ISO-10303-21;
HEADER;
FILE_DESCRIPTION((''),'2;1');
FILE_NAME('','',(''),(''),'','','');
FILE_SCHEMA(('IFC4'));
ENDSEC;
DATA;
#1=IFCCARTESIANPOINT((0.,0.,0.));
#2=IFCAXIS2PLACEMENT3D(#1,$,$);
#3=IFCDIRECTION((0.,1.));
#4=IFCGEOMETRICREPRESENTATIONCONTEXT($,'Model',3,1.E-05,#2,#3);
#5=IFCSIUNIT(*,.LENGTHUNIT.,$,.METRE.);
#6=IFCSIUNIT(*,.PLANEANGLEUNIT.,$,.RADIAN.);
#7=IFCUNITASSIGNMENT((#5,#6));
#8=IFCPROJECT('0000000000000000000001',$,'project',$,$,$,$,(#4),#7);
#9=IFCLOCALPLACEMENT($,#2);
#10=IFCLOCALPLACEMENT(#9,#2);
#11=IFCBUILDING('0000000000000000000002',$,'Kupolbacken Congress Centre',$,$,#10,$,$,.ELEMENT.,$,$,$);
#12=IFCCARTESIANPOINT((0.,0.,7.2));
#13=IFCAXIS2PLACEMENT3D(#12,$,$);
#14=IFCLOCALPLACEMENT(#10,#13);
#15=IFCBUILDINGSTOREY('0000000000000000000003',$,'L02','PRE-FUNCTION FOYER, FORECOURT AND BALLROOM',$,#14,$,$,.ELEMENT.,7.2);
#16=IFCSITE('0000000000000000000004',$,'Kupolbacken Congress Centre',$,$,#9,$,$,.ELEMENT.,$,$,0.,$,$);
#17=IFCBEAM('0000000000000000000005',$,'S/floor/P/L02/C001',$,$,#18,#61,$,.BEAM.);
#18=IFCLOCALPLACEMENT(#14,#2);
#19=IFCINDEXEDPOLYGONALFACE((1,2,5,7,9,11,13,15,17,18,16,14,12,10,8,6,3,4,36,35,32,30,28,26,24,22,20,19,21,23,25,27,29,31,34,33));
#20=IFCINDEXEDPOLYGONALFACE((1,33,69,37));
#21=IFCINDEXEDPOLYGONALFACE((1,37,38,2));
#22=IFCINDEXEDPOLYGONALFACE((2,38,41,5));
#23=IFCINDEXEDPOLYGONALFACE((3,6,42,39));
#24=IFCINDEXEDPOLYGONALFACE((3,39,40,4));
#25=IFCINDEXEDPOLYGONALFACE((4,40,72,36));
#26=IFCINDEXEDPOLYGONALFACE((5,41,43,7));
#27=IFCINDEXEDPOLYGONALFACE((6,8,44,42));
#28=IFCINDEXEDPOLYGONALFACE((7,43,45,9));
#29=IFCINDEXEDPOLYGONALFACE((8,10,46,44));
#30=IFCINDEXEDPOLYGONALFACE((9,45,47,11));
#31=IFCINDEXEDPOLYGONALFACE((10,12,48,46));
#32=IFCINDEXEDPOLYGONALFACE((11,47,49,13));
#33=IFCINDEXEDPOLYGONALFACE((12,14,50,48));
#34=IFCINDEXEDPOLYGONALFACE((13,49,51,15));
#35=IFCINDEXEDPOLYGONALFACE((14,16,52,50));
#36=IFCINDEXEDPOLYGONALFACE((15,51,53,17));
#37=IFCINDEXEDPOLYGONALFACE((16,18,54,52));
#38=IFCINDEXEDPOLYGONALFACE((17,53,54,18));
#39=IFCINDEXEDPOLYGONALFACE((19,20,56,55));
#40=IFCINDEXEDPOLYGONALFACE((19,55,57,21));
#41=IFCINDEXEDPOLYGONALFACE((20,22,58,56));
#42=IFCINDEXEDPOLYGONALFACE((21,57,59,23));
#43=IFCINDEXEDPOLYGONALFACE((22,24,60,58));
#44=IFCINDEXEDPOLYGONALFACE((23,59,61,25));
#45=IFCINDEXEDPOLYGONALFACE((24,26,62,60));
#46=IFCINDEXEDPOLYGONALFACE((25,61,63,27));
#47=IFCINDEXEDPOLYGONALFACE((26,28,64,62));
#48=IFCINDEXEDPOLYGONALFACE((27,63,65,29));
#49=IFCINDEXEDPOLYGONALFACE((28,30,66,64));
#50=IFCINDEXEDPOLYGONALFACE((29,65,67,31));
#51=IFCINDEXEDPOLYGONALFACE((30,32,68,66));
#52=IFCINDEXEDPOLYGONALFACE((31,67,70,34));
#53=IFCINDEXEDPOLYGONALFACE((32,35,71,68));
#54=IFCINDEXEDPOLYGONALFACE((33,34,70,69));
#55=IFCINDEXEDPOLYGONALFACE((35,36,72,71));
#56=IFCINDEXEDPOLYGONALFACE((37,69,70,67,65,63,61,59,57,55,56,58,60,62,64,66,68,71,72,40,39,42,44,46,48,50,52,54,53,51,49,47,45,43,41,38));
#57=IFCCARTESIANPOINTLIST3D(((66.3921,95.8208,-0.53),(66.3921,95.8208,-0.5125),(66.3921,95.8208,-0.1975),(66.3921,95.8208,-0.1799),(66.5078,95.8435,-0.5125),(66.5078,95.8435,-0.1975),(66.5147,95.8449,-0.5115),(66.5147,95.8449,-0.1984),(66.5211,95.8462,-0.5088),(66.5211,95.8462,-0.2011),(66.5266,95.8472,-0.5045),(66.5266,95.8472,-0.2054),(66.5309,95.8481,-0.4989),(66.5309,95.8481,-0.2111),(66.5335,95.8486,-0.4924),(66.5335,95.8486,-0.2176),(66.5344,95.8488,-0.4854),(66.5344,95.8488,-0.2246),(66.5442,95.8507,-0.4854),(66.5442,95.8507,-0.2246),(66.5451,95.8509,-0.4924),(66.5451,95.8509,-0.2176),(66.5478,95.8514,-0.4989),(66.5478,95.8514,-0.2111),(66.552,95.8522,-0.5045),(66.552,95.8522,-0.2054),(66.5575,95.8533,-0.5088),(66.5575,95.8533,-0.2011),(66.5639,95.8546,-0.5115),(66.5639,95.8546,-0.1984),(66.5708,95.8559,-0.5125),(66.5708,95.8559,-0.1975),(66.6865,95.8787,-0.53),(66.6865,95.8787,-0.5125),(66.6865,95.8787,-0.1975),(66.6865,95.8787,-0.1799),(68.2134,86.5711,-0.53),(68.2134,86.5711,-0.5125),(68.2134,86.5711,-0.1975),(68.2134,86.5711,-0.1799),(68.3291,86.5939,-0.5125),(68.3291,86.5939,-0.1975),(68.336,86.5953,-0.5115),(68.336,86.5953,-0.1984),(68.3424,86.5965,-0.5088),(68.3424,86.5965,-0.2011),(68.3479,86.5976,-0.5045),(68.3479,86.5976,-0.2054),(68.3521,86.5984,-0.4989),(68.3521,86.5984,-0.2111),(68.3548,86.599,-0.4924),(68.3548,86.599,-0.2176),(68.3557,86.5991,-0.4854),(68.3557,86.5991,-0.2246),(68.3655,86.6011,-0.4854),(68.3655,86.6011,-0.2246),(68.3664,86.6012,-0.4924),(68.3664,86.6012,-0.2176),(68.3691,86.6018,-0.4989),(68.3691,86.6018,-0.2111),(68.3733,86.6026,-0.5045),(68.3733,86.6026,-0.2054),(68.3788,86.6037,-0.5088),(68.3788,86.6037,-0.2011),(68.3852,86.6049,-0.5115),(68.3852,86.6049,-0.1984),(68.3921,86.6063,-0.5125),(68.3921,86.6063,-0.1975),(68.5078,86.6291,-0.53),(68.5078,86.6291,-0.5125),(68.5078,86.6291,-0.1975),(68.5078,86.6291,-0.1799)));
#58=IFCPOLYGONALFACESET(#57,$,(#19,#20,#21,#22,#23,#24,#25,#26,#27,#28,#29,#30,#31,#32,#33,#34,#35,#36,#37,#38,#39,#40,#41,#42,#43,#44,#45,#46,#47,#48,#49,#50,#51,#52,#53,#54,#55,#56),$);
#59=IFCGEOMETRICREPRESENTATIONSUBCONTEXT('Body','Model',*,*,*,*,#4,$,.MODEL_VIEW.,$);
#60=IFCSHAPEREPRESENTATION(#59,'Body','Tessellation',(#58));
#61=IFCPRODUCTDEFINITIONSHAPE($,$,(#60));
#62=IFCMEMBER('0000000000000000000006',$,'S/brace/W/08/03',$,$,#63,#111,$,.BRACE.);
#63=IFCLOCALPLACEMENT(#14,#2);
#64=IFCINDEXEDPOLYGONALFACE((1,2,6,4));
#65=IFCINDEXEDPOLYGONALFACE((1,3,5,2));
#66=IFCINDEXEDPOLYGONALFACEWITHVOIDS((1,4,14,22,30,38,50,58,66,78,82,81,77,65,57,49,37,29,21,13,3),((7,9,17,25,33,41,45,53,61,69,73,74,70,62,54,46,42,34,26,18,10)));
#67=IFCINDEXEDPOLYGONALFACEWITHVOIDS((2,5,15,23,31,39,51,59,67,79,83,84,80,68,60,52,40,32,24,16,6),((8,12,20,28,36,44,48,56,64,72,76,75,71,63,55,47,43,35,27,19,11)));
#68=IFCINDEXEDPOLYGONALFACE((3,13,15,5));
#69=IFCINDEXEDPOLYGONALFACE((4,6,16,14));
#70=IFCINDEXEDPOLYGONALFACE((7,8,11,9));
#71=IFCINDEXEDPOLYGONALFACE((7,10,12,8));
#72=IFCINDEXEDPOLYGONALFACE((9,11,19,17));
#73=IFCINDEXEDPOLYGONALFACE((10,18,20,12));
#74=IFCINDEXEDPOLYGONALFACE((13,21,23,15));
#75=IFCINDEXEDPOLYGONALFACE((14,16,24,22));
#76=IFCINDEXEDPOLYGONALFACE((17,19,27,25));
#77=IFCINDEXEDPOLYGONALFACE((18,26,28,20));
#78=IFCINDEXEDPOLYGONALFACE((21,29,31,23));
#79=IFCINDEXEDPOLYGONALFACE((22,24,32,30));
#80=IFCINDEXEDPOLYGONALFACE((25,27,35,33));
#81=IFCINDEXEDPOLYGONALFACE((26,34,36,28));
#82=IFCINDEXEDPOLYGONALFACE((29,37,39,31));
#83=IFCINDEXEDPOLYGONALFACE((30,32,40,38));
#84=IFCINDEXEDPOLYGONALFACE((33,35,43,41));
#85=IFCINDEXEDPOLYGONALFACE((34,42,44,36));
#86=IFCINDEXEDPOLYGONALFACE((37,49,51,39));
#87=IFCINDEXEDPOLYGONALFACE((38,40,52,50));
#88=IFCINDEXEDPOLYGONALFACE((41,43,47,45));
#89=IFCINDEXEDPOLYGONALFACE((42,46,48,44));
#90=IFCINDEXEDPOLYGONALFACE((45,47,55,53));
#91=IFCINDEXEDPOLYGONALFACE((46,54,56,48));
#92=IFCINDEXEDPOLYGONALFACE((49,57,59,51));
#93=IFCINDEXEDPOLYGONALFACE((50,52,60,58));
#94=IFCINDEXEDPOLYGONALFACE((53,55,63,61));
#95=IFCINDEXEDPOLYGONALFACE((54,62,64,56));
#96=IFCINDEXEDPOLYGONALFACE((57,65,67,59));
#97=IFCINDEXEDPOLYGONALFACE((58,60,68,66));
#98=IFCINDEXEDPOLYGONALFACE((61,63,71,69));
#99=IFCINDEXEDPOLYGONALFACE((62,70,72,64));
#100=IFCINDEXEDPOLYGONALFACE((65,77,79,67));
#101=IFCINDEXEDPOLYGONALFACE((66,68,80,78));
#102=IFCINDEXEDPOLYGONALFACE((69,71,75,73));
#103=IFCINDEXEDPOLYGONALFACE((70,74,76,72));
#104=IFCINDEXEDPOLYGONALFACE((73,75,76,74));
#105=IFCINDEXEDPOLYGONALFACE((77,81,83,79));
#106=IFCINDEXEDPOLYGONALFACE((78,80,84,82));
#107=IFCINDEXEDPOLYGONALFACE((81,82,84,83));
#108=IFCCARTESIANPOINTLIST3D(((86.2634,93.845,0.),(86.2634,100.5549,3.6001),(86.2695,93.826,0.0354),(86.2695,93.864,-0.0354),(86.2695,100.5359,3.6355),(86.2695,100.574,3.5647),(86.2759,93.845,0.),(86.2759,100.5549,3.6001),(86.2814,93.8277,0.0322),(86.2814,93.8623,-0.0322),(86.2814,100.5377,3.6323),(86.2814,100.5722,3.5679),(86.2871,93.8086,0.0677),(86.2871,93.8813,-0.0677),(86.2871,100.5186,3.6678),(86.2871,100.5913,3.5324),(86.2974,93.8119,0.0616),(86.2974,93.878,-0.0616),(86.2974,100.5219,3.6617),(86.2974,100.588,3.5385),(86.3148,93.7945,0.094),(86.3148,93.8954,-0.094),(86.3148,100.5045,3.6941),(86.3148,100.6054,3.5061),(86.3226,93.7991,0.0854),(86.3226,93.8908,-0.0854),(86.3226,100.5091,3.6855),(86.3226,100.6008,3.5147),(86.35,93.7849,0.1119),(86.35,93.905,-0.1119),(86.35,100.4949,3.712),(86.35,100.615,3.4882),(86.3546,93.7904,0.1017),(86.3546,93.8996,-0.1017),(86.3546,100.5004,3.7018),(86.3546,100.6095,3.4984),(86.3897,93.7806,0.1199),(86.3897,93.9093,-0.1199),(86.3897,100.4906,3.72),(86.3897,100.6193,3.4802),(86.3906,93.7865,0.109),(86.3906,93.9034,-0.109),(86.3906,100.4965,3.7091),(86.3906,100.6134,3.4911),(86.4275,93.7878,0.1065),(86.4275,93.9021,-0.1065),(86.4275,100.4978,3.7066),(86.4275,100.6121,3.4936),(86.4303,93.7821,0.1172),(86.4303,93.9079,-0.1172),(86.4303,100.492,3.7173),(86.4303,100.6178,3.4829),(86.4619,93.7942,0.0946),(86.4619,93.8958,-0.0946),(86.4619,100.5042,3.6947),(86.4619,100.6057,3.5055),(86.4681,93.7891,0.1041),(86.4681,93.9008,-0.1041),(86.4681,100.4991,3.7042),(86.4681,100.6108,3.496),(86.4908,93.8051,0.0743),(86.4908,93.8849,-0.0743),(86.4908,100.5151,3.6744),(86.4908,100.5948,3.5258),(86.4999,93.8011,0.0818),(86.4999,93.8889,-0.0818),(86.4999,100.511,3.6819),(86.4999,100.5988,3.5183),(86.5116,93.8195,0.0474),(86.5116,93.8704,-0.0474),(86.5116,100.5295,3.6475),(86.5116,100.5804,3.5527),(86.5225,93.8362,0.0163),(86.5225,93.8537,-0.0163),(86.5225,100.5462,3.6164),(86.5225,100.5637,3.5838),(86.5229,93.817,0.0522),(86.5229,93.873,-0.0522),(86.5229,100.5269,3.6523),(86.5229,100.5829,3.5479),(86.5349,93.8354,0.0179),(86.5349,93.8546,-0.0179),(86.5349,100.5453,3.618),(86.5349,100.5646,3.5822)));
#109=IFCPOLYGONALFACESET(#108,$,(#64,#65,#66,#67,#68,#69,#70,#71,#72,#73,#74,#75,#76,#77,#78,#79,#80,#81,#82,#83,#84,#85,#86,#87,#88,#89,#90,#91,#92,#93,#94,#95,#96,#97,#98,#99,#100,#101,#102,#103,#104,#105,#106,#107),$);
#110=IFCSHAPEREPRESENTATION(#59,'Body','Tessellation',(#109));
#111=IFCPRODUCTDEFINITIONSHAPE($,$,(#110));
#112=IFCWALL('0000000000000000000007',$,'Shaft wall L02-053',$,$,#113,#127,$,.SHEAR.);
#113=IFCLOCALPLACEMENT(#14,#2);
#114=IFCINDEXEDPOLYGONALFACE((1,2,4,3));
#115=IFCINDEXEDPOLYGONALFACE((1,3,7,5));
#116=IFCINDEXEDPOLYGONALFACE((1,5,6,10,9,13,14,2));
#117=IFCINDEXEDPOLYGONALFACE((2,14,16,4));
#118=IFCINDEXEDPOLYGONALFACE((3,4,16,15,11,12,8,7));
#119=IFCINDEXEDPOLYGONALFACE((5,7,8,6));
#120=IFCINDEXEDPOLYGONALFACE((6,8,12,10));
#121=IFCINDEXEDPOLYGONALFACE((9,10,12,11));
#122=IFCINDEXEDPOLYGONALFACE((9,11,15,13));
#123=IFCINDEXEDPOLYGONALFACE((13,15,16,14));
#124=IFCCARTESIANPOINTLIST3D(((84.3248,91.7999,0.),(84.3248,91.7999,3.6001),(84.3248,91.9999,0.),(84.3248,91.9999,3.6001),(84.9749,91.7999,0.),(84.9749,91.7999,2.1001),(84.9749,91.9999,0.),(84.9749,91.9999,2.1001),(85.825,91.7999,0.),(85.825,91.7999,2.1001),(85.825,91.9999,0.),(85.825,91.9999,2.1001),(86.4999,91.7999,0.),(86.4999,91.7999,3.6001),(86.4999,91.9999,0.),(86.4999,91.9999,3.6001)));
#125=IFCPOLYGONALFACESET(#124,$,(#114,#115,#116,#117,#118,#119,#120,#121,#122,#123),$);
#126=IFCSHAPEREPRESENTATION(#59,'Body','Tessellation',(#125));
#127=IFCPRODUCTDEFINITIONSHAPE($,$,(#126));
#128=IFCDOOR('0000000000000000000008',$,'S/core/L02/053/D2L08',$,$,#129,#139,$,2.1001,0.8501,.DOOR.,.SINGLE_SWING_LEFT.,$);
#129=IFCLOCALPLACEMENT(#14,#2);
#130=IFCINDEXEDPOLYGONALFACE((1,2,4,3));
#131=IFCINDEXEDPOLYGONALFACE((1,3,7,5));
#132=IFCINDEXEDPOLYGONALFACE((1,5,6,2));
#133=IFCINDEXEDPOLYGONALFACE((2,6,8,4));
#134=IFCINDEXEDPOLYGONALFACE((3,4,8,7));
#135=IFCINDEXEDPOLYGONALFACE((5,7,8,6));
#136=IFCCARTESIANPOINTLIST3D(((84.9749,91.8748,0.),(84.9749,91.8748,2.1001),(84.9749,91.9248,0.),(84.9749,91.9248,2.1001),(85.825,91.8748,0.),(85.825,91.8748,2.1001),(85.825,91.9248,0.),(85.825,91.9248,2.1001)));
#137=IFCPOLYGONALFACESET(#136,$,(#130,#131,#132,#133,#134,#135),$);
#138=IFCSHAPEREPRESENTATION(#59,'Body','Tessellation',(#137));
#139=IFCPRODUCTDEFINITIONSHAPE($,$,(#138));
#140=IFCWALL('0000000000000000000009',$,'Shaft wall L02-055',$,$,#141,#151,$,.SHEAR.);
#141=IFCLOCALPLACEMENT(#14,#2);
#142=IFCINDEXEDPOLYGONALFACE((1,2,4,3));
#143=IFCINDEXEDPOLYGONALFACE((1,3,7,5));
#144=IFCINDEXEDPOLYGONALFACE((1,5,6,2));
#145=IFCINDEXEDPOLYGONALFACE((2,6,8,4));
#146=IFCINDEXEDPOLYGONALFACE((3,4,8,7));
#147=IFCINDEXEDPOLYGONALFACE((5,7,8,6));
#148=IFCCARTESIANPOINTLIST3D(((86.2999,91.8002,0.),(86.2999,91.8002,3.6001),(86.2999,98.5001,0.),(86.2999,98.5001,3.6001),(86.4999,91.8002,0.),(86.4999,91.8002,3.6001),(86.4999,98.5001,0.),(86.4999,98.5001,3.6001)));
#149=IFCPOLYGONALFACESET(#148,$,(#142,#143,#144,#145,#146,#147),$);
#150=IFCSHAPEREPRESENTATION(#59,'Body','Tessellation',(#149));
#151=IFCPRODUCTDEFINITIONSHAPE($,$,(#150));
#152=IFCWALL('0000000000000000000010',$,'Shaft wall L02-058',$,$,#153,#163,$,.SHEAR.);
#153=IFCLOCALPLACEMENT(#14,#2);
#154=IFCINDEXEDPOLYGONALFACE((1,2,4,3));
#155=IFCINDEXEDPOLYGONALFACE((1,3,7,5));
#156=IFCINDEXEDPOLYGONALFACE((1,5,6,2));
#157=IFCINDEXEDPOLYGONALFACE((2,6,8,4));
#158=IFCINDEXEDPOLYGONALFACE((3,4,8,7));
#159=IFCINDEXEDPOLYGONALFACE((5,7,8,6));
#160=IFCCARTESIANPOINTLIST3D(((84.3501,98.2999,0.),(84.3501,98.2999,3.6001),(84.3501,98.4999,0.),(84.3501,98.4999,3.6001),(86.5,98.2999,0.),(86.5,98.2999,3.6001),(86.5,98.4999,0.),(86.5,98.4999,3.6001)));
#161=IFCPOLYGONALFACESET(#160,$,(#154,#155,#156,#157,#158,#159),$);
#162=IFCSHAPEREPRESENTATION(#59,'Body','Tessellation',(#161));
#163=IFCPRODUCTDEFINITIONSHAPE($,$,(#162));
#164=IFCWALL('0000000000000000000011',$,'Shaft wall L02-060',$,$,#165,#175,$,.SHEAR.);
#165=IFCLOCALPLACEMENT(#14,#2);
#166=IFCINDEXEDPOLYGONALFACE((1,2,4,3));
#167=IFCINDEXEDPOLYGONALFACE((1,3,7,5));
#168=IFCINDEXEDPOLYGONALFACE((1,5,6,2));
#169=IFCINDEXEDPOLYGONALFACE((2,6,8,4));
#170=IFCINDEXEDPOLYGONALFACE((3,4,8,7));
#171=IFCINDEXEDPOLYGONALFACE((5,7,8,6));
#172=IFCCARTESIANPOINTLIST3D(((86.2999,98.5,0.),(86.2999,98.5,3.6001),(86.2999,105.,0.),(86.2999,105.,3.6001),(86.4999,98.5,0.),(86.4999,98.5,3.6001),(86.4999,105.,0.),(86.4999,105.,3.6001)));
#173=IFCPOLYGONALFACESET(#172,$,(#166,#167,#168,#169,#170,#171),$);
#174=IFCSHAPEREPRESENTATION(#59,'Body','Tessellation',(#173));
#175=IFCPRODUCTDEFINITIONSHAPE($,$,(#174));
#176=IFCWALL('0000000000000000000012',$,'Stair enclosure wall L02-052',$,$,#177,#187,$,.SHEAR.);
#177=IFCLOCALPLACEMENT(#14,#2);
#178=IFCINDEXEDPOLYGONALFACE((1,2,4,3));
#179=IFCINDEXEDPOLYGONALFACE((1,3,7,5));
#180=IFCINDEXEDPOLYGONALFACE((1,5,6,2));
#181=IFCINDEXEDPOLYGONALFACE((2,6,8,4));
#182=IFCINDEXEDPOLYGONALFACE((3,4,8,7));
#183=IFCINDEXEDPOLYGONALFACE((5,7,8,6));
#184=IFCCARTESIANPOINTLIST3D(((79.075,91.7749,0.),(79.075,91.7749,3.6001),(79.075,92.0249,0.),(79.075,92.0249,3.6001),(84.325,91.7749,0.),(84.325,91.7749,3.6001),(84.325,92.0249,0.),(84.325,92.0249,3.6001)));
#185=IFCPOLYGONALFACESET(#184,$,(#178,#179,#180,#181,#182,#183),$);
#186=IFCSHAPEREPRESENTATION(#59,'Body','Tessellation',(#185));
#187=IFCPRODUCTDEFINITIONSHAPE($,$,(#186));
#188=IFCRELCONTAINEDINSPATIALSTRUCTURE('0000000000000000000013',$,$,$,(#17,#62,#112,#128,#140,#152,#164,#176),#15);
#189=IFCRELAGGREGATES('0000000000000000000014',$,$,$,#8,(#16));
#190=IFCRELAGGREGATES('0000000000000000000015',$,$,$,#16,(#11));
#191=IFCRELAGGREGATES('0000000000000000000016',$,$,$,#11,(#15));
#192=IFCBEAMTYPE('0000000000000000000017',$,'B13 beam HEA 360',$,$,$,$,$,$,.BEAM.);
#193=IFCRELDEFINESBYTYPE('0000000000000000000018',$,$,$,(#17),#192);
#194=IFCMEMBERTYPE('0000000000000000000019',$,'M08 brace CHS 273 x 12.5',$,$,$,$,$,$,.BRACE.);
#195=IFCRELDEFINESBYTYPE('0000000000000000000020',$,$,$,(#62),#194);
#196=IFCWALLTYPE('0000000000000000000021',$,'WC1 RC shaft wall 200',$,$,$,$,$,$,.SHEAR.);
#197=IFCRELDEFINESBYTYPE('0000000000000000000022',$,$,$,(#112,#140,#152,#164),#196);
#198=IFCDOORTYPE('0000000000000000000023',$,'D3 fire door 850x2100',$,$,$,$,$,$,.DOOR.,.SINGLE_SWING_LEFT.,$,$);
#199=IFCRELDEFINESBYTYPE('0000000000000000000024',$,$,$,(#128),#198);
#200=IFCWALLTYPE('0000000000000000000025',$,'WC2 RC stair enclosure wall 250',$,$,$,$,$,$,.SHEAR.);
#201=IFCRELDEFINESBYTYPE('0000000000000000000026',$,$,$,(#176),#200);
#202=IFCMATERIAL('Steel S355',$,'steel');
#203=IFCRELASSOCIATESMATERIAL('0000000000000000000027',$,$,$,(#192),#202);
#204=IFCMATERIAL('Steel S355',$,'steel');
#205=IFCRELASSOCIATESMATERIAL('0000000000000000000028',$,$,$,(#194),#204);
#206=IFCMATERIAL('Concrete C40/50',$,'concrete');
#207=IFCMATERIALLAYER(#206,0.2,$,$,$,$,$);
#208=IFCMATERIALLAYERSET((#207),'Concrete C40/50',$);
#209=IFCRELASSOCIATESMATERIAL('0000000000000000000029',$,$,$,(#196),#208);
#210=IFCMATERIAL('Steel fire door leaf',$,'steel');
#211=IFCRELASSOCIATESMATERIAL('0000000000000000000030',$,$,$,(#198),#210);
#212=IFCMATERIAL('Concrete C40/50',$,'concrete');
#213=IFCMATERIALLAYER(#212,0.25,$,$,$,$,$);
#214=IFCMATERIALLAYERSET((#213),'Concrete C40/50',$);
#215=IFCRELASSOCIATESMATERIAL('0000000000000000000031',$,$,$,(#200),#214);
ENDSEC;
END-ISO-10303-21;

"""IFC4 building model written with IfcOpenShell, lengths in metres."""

from ifc_helpers import new_model, si_unit, direction, frame, frame_2d, origin, origin_2d, place, context, subcontext, project, spatial, rectangle, hollow_circle, i_section, extrude, material, layer, layer_set, material_profile, profile_set, type_object, element, fill, save


model = new_model("IFC4")

# Units and contexts
model_context = context("Model", 3, precision=1e-05, world=origin(), true_north=direction((0.0, 1.0)))
body_context = subcontext(model_context, "Body", "Model", "MODEL_VIEW")
ifc_project = project(units=[si_unit("LENGTHUNIT", "METRE"), si_unit("PLANEANGLEUNIT", "RADIAN")], contexts=[model_context])

# Site, building, storey
site_placement = place(None, origin())
site = spatial("IfcSite", under=ifc_project, at=site_placement, Name="Kupolbacken Congress Centre", CompositionType="ELEMENT", RefElevation=0.0)
building_placement = place(site_placement, origin())
building = spatial("IfcBuilding", under=site, at=building_placement, Name="Kupolbacken Congress Centre", CompositionType="ELEMENT")
storey_placement = place(building_placement, frame((0.0, 0.0, 7.2)))
storey = spatial("IfcBuildingStorey", under=building, at=storey_placement, Name="L02", Description="PRE-FUNCTION FOYER, FORECOURT AND BALLROOM", CompositionType="ELEMENT", Elevation=7.2)

# Beam
ifc_material_1 = material(Name="Steel S355", Category="steel")
ifc_material_profile_1 = material_profile(ifc_material_1, i_section(OverallWidth=0.3, OverallDepth=0.3501, WebThickness=0.01, FlangeThickness=0.0176, FilletRadius=0.0271, at=origin_2d()), Name="HEA 360")
ifc_profile_set_1 = profile_set([ifc_material_profile_1], Name="Steel S355")
beam_type_1 = type_object("IfcBeamType", Name="B13 beam HEA 360", PredefinedType="BEAM", material=ifc_profile_set_1)
beam_1_placement = place(storey_placement, frame((68.3606, 86.6001, -0.355), z_axis=(-0.193192, 0.981161, 0.0), x_axis=(-0.981161, -0.193192, 0.0)))
element("IfcBeam", 1, at=beam_1_placement, inside=storey, type_object=beam_type_1, Name="S/floor/P/L02/C001", PredefinedType="BEAM", context=body_context, shape_type="SweptSolid", body=[
    extrude(i_section(OverallWidth=0.3, OverallDepth=0.3501, WebThickness=0.01, FlangeThickness=0.0176, FilletRadius=0.0271, at=origin_2d()), origin(), (0.0, 0.0, 1.0), 9.4272),
])

# Member
ifc_material_2 = material(Name="Steel S355", Category="steel")
ifc_material_profile_2 = material_profile(ifc_material_2, hollow_circle(Radius=0.1365, WallThickness=0.0125, at=origin_2d()), Name="CHS 273 x 12.5")
ifc_profile_set_2 = profile_set([ifc_material_profile_2], Name="Steel S355")
member_type = type_object("IfcMemberType", Name="M08 brace CHS 273 x 12.5", PredefinedType="BRACE", material=ifc_profile_set_2)
member_placement = place(storey_placement, frame((86.3999, 93.845, 0.0), z_axis=(0.0, 0.88118, 0.47278), x_axis=(-1.0, 0.0, 0.0)))
element("IfcMember", 2, at=member_placement, inside=storey, type_object=member_type, Name="S/brace/W/08/03", PredefinedType="BRACE", context=body_context, shape_type="SweptSolid", body=[
    extrude(hollow_circle(Radius=0.1365, WallThickness=0.0125, at=origin_2d()), origin(), (0.0, 0.0, 1.0), 7.6147),
])

# Wall, opening, door
ifc_material_3 = material(Name="Concrete C40/50", Category="concrete")
ifc_layer_1 = layer(ifc_material_3, 0.2)
ifc_layer_set_1 = layer_set([ifc_layer_1], Name="Concrete C40/50")
wall_type_1 = type_object("IfcWallType", Name="WC1 RC shaft wall 200", PredefinedType="SHEAR", material=ifc_layer_set_1)
wall_1_placement = place(storey_placement, frame((84.325, 91.8999, 0.0), z_axis=(0.0, 0.0, 1.0), x_axis=(1.0, 0.0, 0.0)))
wall_1 = element("IfcWall", 3, at=wall_1_placement, inside=storey, type_object=wall_type_1, Name="Shaft wall L02-053", PredefinedType="SHEAR", context=body_context, shape_type="SweptSolid", body=[
    extrude(rectangle(XDim=2.175, YDim=0.2, at=frame_2d((1.0874, 0.0))), origin(), (0.0, 0.0, 1.0), 3.6001),
])
opening_1_placement = place(wall_1_placement, frame((0.6499, 0.0, 0.0)))
opening_1 = element("IfcOpeningElement", 4, at=opening_1_placement, cuts=wall_1, PredefinedType="OPENING", context=body_context, shape_type="SweptSolid", body=[
    extrude(rectangle(XDim=0.8501, YDim=2.1001, at=frame_2d((0.425, 1.05))), frame((0.0, 0.1099, 0.0), z_axis=(0.0, -1.0, 0.0), x_axis=(1.0, 0.0, 0.0)), (0.0, 0.0, 1.0), 0.22),
])
ifc_material_4 = material(Name="Steel fire door leaf", Category="steel")
door_type_1 = type_object("IfcDoorType", Name="D3 fire door 850x2100", OperationType="SINGLE_SWING_LEFT", PredefinedType="DOOR", material=ifc_material_4)
door_1_placement = place(opening_1_placement, origin())
door_1 = element("IfcDoor", 5, at=door_1_placement, inside=storey, type_object=door_type_1, Name="S/core/L02/053/D2L08", OperationType="SINGLE_SWING_LEFT", OverallHeight=2.1001, OverallWidth=0.8501, PredefinedType="DOOR", context=body_context, shape_type="SweptSolid", body=[
    extrude(rectangle(XDim=0.8501, YDim=2.1001, at=frame_2d((0.425, 1.05))), frame((0.0, 0.0249, 0.0), z_axis=(0.0, -1.0, 0.0), x_axis=(1.0, 0.0, 0.0)), (0.0, 0.0, 1.0), 0.05),
])
fill(opening_1, door_1)

# Walls
wall_2_placement = place(storey_placement, frame((86.3999, 91.8, 0.0), z_axis=(0.0, 0.0, 1.0), x_axis=(0.0, 1.0, 0.0)))
element("IfcWall", 6, at=wall_2_placement, inside=storey, type_object=wall_type_1, Name="Shaft wall L02-055", PredefinedType="SHEAR", context=body_context, shape_type="SweptSolid", body=[
    extrude(rectangle(XDim=6.7, YDim=0.2, at=frame_2d((3.3501, 0.0))), origin(), (0.0, 0.0, 1.0), 3.6001),
])
wall_3_placement = place(storey_placement, frame((84.3501, 98.3999, 0.0), z_axis=(0.0, 0.0, 1.0), x_axis=(1.0, 0.0, 0.0)))
element("IfcWall", 7, at=wall_3_placement, inside=storey, type_object=wall_type_1, Name="Shaft wall L02-058", PredefinedType="SHEAR", context=body_context, shape_type="SweptSolid", body=[
    extrude(rectangle(XDim=2.1499, YDim=0.2, at=frame_2d((1.075, 0.0))), origin(), (0.0, 0.0, 1.0), 3.6001),
])
wall_4_placement = place(storey_placement, frame((86.3999, 98.5, 0.0), z_axis=(0.0, 0.0, 1.0), x_axis=(0.0, 1.0, 0.0)))
element("IfcWall", 8, at=wall_4_placement, inside=storey, type_object=wall_type_1, Name="Shaft wall L02-060", PredefinedType="SHEAR", context=body_context, shape_type="SweptSolid", body=[
    extrude(rectangle(XDim=6.5, YDim=0.2, at=frame_2d((3.25, 0.0))), origin(), (0.0, 0.0, 1.0), 3.6001),
])
ifc_material_5 = material(Name="Concrete C40/50", Category="concrete")
ifc_layer_2 = layer(ifc_material_5, 0.25)
ifc_layer_set_2 = layer_set([ifc_layer_2], Name="Concrete C40/50")
wall_type_2 = type_object("IfcWallType", Name="WC2 RC stair enclosure wall 250", PredefinedType="SHEAR", material=ifc_layer_set_2)
wall_5_placement = place(storey_placement, frame((79.075, 91.8999, 0.0), z_axis=(0.0, 0.0, 1.0), x_axis=(1.0, 0.0, 0.0)))
element("IfcWall", 9, at=wall_5_placement, inside=storey, type_object=wall_type_2, Name="Stair enclosure wall L02-052", PredefinedType="SHEAR", context=body_context, shape_type="SweptSolid", body=[
    extrude(rectangle(XDim=5.25, YDim=0.25, at=frame_2d((2.625, 0.0))), origin(), (0.0, 0.0, 1.0), 3.6001),
])

save(model, "model.ifc")
